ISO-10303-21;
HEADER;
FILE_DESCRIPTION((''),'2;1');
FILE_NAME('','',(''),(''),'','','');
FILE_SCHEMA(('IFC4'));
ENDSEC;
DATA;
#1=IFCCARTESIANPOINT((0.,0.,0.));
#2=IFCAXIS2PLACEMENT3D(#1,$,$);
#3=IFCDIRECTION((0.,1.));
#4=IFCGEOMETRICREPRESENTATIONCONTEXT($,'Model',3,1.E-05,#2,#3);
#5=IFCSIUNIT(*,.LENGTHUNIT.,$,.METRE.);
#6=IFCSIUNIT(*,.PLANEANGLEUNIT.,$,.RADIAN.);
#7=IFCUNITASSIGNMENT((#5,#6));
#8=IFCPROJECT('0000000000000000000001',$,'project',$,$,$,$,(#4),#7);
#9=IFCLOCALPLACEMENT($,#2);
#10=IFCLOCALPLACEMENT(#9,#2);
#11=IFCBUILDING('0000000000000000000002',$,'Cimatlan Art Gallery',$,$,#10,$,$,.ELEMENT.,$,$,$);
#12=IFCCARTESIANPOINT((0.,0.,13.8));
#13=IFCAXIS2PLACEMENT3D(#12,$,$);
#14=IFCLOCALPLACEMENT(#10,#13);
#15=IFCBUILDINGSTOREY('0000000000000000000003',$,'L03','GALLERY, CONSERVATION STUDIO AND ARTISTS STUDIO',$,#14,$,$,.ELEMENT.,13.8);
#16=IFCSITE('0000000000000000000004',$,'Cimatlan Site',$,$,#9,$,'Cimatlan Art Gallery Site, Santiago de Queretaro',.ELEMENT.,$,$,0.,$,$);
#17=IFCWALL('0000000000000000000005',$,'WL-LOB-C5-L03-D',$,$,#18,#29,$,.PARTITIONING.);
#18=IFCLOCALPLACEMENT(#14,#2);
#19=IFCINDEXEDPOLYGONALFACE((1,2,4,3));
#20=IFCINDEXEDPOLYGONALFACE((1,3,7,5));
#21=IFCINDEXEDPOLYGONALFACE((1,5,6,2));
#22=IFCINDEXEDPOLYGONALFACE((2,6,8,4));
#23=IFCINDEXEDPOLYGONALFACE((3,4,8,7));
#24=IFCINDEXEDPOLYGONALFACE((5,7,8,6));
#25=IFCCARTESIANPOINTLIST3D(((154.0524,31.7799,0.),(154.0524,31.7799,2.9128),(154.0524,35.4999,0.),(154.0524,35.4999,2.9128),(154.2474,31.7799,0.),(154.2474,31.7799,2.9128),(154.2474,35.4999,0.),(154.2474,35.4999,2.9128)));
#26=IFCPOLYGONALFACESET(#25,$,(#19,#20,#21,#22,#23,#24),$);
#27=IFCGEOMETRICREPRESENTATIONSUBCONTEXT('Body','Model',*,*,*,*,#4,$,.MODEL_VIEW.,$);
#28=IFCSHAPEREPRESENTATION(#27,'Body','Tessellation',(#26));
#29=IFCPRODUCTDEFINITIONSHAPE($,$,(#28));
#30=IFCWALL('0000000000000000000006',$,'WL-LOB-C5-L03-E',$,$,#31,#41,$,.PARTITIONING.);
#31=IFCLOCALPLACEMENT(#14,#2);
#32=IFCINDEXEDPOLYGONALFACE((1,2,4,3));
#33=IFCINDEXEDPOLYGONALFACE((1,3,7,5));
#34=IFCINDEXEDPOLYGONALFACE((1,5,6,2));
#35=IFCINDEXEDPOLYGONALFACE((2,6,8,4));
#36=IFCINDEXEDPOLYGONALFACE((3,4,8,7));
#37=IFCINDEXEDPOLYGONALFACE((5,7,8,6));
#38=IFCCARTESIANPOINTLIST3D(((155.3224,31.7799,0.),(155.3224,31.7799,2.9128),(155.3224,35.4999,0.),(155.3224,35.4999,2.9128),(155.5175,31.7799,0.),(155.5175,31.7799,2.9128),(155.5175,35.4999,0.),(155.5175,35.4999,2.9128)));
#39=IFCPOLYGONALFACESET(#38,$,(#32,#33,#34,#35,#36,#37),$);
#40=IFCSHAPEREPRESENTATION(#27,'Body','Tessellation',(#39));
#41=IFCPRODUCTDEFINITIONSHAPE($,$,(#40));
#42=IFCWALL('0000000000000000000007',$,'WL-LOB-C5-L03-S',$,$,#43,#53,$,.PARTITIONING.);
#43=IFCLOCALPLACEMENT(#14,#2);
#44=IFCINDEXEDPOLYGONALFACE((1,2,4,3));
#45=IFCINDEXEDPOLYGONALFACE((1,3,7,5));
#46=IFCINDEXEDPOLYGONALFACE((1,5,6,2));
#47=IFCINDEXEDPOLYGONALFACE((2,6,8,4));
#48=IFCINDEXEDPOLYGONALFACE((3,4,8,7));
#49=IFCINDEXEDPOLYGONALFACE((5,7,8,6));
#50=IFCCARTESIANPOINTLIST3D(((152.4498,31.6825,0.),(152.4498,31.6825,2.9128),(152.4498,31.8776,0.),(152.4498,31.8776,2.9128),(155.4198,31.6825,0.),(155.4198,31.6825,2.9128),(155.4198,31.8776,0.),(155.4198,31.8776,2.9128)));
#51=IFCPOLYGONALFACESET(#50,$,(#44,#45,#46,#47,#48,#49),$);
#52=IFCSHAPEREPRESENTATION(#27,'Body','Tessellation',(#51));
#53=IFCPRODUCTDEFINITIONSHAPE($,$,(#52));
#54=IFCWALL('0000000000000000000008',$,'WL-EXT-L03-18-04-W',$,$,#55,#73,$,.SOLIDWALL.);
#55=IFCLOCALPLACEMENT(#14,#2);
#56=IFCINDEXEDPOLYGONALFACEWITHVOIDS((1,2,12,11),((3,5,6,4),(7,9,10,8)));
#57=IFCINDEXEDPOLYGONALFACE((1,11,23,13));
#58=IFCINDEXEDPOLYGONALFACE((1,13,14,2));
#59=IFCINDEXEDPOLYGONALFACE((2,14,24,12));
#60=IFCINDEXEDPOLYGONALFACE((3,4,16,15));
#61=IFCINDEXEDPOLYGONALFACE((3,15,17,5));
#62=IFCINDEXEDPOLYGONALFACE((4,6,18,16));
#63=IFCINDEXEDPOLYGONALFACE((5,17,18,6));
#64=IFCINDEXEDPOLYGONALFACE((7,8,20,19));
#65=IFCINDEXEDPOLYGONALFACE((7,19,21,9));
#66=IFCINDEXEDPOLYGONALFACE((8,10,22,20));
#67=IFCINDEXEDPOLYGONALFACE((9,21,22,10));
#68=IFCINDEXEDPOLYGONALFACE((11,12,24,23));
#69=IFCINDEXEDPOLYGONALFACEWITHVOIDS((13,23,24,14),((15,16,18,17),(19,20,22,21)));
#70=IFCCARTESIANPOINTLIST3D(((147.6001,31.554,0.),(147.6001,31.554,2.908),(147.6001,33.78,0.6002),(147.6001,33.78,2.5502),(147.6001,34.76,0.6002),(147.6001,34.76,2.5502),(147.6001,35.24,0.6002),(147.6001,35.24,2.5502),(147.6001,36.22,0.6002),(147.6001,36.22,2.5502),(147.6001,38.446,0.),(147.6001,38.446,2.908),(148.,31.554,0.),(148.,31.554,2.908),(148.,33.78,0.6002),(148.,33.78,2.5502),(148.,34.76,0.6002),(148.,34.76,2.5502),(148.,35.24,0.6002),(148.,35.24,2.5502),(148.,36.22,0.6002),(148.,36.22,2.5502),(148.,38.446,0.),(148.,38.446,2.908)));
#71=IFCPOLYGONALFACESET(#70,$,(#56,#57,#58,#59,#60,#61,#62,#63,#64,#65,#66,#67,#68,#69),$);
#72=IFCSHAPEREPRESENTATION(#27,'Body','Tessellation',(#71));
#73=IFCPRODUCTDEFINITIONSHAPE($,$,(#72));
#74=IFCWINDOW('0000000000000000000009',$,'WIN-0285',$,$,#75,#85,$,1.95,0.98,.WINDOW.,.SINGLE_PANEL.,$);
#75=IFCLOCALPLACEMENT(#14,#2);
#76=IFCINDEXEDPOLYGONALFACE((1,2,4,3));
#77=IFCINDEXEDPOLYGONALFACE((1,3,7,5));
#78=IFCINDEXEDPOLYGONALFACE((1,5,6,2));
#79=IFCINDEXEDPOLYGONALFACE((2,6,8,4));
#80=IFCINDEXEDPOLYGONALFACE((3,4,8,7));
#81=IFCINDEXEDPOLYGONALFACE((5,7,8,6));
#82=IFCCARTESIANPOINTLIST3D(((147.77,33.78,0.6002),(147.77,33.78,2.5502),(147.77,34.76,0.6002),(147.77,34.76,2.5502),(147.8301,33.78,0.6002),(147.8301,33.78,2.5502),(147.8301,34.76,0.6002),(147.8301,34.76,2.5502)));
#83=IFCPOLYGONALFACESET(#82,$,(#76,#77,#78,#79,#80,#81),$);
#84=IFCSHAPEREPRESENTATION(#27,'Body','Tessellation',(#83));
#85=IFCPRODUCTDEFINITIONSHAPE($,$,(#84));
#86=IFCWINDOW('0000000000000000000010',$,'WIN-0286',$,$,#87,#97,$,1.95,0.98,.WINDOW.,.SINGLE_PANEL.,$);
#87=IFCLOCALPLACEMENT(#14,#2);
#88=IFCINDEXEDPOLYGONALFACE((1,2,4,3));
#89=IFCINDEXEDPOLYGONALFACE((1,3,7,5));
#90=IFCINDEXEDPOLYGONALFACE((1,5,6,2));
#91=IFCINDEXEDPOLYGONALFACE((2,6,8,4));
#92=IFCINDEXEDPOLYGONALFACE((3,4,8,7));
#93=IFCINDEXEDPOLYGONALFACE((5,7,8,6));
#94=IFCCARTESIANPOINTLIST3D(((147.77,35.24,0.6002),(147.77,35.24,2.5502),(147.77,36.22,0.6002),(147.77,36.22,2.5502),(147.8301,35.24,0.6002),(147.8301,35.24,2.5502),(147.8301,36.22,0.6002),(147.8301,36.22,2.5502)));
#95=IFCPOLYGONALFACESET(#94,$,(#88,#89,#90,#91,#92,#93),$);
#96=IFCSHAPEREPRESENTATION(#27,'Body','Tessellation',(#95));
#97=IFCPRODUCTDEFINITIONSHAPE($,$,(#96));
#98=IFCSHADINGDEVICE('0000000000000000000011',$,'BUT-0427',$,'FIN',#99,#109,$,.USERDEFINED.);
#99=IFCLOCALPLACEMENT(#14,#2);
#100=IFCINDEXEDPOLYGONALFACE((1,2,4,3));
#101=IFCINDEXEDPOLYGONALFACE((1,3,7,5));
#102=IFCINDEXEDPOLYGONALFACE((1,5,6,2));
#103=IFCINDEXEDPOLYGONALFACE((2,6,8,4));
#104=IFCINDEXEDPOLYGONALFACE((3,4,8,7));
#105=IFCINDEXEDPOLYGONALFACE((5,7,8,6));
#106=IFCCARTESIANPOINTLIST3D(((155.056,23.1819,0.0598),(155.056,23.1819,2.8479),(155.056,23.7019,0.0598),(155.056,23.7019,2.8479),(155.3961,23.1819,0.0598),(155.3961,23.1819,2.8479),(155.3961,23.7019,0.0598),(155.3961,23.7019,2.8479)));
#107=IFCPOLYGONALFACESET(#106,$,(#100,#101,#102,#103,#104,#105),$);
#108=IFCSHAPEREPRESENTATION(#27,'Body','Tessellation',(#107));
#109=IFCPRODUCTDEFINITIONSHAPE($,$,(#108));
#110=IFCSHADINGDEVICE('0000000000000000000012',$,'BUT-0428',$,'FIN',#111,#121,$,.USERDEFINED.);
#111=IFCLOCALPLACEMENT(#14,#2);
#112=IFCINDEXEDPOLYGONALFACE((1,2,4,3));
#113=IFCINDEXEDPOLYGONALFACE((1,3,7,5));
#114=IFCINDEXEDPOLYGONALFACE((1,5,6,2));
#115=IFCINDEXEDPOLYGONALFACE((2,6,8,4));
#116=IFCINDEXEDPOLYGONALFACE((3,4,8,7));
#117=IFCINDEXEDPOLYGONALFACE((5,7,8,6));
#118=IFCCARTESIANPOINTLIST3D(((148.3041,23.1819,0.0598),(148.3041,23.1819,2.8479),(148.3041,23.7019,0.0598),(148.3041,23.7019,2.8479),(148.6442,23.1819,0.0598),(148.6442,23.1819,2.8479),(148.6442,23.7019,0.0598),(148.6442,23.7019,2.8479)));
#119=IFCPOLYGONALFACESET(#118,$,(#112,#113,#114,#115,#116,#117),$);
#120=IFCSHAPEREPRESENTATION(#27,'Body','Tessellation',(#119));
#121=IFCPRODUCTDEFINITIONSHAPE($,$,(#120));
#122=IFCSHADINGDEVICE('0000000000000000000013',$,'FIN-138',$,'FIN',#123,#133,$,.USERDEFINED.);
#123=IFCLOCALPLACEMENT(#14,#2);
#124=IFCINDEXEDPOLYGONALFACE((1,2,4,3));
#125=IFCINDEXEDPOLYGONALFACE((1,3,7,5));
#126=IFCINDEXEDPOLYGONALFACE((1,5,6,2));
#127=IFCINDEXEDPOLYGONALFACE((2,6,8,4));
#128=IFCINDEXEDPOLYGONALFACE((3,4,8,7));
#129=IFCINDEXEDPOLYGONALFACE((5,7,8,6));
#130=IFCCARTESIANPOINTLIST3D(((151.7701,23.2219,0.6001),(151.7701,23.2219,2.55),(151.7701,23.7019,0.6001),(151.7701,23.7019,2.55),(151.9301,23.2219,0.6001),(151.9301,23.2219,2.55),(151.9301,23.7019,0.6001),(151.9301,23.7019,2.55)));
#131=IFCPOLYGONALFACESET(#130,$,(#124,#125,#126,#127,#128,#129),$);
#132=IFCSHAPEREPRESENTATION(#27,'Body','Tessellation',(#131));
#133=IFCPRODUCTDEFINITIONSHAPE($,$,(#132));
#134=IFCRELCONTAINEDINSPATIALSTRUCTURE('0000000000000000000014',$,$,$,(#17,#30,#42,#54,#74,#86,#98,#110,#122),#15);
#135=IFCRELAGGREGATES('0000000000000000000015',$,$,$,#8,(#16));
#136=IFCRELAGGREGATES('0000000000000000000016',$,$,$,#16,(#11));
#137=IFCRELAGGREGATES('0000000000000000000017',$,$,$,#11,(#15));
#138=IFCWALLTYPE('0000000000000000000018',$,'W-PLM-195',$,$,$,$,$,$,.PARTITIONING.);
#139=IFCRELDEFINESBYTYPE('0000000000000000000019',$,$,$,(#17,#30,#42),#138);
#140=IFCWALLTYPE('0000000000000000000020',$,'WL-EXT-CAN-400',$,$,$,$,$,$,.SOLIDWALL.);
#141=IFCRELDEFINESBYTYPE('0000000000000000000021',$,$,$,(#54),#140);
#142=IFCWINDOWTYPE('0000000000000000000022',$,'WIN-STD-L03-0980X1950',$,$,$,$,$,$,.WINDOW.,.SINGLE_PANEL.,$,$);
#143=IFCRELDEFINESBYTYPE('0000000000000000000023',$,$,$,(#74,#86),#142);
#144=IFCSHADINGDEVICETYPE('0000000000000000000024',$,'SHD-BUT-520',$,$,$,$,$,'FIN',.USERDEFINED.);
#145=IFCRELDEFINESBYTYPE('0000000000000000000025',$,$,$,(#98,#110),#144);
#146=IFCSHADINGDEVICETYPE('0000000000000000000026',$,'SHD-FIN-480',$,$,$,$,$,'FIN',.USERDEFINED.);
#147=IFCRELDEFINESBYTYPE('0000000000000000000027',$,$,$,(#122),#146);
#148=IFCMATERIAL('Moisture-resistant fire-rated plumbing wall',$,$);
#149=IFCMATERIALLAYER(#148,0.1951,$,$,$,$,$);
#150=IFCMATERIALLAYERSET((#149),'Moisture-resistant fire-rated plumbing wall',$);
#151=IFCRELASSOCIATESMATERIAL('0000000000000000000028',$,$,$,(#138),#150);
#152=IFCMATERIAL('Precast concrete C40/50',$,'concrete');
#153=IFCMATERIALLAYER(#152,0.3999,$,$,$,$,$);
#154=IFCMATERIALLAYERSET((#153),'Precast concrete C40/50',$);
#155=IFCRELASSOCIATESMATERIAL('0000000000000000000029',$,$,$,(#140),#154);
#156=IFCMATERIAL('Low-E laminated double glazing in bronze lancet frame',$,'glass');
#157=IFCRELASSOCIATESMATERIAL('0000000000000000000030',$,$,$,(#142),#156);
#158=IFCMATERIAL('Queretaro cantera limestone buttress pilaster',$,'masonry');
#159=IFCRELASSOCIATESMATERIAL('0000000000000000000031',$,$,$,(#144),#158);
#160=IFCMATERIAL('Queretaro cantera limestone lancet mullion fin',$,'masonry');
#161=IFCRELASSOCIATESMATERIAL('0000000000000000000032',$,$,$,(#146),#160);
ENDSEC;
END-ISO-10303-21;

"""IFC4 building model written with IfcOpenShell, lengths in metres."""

from ifc_helpers import new_model, si_unit, direction, frame, frame_2d, origin, origin_2d, place, context, subcontext, project, spatial, rectangle, extrude, material, layer, layer_set, type_object, element, fill, save


model = new_model("IFC4")

# Units and contexts
model_context = context("Model", 3, precision=1e-05, world=origin(), true_north=direction((0.0, 1.0)))
body_context = subcontext(model_context, "Body", "Model", "MODEL_VIEW")
ifc_project = project(units=[si_unit("LENGTHUNIT", "METRE"), si_unit("PLANEANGLEUNIT", "RADIAN")], contexts=[model_context])

# Site, building, storey
site_placement = place(None, origin())
site = spatial("IfcSite", under=ifc_project, at=site_placement, Name="Cimatlan Site", LongName="Cimatlan Art Gallery Site, Santiago de Queretaro", CompositionType="ELEMENT", RefElevation=0.0)
building_placement = place(site_placement, origin())
building = spatial("IfcBuilding", under=site, at=building_placement, Name="Cimatlan Art Gallery", CompositionType="ELEMENT")
storey_placement = place(building_placement, frame((0.0, 0.0, 13.8)))
storey = spatial("IfcBuildingStorey", under=building, at=storey_placement, Name="L03", Description="GALLERY, CONSERVATION STUDIO AND ARTISTS STUDIO", CompositionType="ELEMENT", Elevation=13.8)

# Walls
ifc_material_1 = material(Name="Precast concrete C40/50", Category="concrete")
ifc_material_2 = material(Name="Moisture-resistant fire-rated plumbing wall")
ifc_layer_1 = layer(ifc_material_2, 0.1951)
ifc_layer_set_1 = layer_set([ifc_layer_1], Name="Moisture-resistant fire-rated plumbing wall")
wall_type_1 = type_object("IfcWallType", Name="W-PLM-195", PredefinedType="PARTITIONING", material=ifc_layer_set_1)
for number, where, z_axis, x_axis, name in (
    (1, (154.1499, 31.78, 0.0), (0.0, 0.0, 1.0), (0.0, 1.0, 0.0), "WL-LOB-C5-L03-D"),
    (2, (155.4199, 31.78, 0.0), (0.0, 0.0, 1.0), (0.0, 1.0, 0.0), "WL-LOB-C5-L03-E"),
):
    element("IfcWall", number, at=place(storey_placement, frame(where, z_axis=z_axis, x_axis=x_axis)), inside=storey, type_object=wall_type_1, Name=name, PredefinedType="PARTITIONING", context=body_context, shape_type="SweptSolid", body=[
        extrude(rectangle(XDim=3.72, YDim=0.1951, at=frame_2d((1.8599, 0.0))), origin(), (0.0, 0.0, 1.0), 2.9128),
    ])
wall_1_placement = place(storey_placement, frame((152.45, 31.78, 0.0), z_axis=(0.0, 0.0, 1.0), x_axis=(1.0, 0.0, 0.0)))
element("IfcWall", 3, at=wall_1_placement, inside=storey, type_object=wall_type_1, Name="WL-LOB-C5-L03-S", PredefinedType="PARTITIONING", context=body_context, shape_type="SweptSolid", body=[
    extrude(rectangle(XDim=2.97, YDim=0.1951, at=frame_2d((1.4849, 0.0))), origin(), (0.0, 0.0, 1.0), 2.9128),
])

# Wall, openings, windows
ifc_layer_2 = layer(ifc_material_1, 0.3999)
ifc_layer_set_2 = layer_set([ifc_layer_2], Name="Precast concrete C40/50")
wall_type_2 = type_object("IfcWallType", Name="WL-EXT-CAN-400", PredefinedType="SOLIDWALL", material=ifc_layer_set_2)
wall_2_placement = place(storey_placement, frame((147.8, 31.554, 0.0), z_axis=(0.0, 0.0, 1.0), x_axis=(0.0, 1.0, 0.0)))
wall_2 = element("IfcWall", 4, at=wall_2_placement, inside=storey, type_object=wall_type_2, Name="WL-EXT-L03-18-04-W", PredefinedType="SOLIDWALL", context=body_context, shape_type="SweptSolid", body=[
    extrude(rectangle(XDim=6.8921, YDim=0.3999, at=frame_2d((3.446, 0.0))), origin(), (0.0, 0.0, 1.0), 2.908),
])
opening_1_placement = place(wall_2_placement, frame((2.2261, 0.0, 0.6001)))
opening_1 = element("IfcOpeningElement", 5, at=opening_1_placement, cuts=wall_2, PredefinedType="OPENING", context=body_context, shape_type="SweptSolid", body=[
    extrude(rectangle(XDim=0.98, YDim=1.95, at=frame_2d((0.49, 0.9751))), frame((0.0, 0.21, 0.0), z_axis=(0.0, -1.0, 0.0), x_axis=(1.0, 0.0, 0.0)), (0.0, 0.0, 1.0), 0.4199),
])
opening_2_placement = place(wall_2_placement, frame((3.686, 0.0, 0.6001)))
opening_2 = element("IfcOpeningElement", 6, at=opening_2_placement, cuts=wall_2, PredefinedType="OPENING", context=body_context, shape_type="SweptSolid", body=[
    extrude(rectangle(XDim=0.98, YDim=1.95, at=frame_2d((0.49, 0.9751))), frame((0.0, 0.21, 0.0), z_axis=(0.0, -1.0, 0.0), x_axis=(1.0, 0.0, 0.0)), (0.0, 0.0, 1.0), 0.4199),
])
ifc_material_3 = material(Name="Low-E laminated double glazing in bronze lancet frame", Category="glass")
window_type = type_object("IfcWindowType", Name="WIN-STD-L03-0980X1950", PartitioningType="SINGLE_PANEL", PredefinedType="WINDOW", material=ifc_material_3)
window_1_placement = place(opening_1_placement, origin())
window_1 = element("IfcWindow", 7, at=window_1_placement, inside=storey, type_object=window_type, Name="WIN-0285", OverallHeight=1.95, OverallWidth=0.98, PartitioningType="SINGLE_PANEL", PredefinedType="WINDOW", context=body_context, shape_type="SweptSolid", body=[
    extrude(rectangle(XDim=0.98, YDim=1.95, at=frame_2d((0.49, 0.9751))), frame((0.0, 0.03, 0.0), z_axis=(0.0, -1.0, 0.0), x_axis=(1.0, 0.0, 0.0)), (0.0, 0.0, 1.0), 0.0601),
])
fill(opening_1, window_1)
window_2_placement = place(opening_2_placement, origin())
window_2 = element("IfcWindow", 8, at=window_2_placement, inside=storey, type_object=window_type, Name="WIN-0286", OverallHeight=1.95, OverallWidth=0.98, PartitioningType="SINGLE_PANEL", PredefinedType="WINDOW", context=body_context, shape_type="SweptSolid", body=[
    extrude(rectangle(XDim=0.98, YDim=1.95, at=frame_2d((0.49, 0.9751))), frame((0.0, 0.03, 0.0), z_axis=(0.0, -1.0, 0.0), x_axis=(1.0, 0.0, 0.0)), (0.0, 0.0, 1.0), 0.0601),
])
fill(opening_2, window_2)

# Shading devices
ifc_material_4 = material(Name="Queretaro cantera limestone buttress pilaster", Category="masonry")
shading_device_type_1 = type_object("IfcShadingDeviceType", Name="SHD-BUT-520", ElementType="FIN", PredefinedType="USERDEFINED", material=ifc_material_4)
for number, where, z_axis, x_axis, name in (
    (9, (155.2261, 23.4419, 0.0598), (0.0, 0.0, 1.0), (-1.0, 0.0, 0.0), "BUT-0427"),
    (10, (148.4741, 23.4419, 0.0598), (0.0, 0.0, 1.0), (-1.0, 0.0, 0.0), "BUT-0428"),
):
    element("IfcShadingDevice", number, at=place(storey_placement, frame(where, z_axis=z_axis, x_axis=x_axis)), inside=storey, type_object=shading_device_type_1, Name=name, ObjectType="FIN", PredefinedType="USERDEFINED", context=body_context, shape_type="SweptSolid", body=[
        extrude(rectangle(XDim=0.3401, YDim=0.52, at=origin_2d()), origin(), (0.0, 0.0, 1.0), 2.7881),
    ])
ifc_material_5 = material(Name="Queretaro cantera limestone lancet mullion fin", Category="masonry")
shading_device_type_2 = type_object("IfcShadingDeviceType", Name="SHD-FIN-480", ElementType="FIN", PredefinedType="USERDEFINED", material=ifc_material_5)
shading_device_placement = place(storey_placement, frame((151.8501, 23.4619, 0.6001), z_axis=(0.0, 0.0, 1.0), x_axis=(-1.0, 0.0, 0.0)))
element("IfcShadingDevice", 11, at=shading_device_placement, inside=storey, type_object=shading_device_type_2, Name="FIN-138", ObjectType="FIN", PredefinedType="USERDEFINED", context=body_context, shape_type="SweptSolid", body=[
    extrude(rectangle(XDim=0.1599, YDim=0.48, at=origin_2d()), origin(), (0.0, 0.0, 1.0), 1.95),
])

save(model, "model.ifc")
